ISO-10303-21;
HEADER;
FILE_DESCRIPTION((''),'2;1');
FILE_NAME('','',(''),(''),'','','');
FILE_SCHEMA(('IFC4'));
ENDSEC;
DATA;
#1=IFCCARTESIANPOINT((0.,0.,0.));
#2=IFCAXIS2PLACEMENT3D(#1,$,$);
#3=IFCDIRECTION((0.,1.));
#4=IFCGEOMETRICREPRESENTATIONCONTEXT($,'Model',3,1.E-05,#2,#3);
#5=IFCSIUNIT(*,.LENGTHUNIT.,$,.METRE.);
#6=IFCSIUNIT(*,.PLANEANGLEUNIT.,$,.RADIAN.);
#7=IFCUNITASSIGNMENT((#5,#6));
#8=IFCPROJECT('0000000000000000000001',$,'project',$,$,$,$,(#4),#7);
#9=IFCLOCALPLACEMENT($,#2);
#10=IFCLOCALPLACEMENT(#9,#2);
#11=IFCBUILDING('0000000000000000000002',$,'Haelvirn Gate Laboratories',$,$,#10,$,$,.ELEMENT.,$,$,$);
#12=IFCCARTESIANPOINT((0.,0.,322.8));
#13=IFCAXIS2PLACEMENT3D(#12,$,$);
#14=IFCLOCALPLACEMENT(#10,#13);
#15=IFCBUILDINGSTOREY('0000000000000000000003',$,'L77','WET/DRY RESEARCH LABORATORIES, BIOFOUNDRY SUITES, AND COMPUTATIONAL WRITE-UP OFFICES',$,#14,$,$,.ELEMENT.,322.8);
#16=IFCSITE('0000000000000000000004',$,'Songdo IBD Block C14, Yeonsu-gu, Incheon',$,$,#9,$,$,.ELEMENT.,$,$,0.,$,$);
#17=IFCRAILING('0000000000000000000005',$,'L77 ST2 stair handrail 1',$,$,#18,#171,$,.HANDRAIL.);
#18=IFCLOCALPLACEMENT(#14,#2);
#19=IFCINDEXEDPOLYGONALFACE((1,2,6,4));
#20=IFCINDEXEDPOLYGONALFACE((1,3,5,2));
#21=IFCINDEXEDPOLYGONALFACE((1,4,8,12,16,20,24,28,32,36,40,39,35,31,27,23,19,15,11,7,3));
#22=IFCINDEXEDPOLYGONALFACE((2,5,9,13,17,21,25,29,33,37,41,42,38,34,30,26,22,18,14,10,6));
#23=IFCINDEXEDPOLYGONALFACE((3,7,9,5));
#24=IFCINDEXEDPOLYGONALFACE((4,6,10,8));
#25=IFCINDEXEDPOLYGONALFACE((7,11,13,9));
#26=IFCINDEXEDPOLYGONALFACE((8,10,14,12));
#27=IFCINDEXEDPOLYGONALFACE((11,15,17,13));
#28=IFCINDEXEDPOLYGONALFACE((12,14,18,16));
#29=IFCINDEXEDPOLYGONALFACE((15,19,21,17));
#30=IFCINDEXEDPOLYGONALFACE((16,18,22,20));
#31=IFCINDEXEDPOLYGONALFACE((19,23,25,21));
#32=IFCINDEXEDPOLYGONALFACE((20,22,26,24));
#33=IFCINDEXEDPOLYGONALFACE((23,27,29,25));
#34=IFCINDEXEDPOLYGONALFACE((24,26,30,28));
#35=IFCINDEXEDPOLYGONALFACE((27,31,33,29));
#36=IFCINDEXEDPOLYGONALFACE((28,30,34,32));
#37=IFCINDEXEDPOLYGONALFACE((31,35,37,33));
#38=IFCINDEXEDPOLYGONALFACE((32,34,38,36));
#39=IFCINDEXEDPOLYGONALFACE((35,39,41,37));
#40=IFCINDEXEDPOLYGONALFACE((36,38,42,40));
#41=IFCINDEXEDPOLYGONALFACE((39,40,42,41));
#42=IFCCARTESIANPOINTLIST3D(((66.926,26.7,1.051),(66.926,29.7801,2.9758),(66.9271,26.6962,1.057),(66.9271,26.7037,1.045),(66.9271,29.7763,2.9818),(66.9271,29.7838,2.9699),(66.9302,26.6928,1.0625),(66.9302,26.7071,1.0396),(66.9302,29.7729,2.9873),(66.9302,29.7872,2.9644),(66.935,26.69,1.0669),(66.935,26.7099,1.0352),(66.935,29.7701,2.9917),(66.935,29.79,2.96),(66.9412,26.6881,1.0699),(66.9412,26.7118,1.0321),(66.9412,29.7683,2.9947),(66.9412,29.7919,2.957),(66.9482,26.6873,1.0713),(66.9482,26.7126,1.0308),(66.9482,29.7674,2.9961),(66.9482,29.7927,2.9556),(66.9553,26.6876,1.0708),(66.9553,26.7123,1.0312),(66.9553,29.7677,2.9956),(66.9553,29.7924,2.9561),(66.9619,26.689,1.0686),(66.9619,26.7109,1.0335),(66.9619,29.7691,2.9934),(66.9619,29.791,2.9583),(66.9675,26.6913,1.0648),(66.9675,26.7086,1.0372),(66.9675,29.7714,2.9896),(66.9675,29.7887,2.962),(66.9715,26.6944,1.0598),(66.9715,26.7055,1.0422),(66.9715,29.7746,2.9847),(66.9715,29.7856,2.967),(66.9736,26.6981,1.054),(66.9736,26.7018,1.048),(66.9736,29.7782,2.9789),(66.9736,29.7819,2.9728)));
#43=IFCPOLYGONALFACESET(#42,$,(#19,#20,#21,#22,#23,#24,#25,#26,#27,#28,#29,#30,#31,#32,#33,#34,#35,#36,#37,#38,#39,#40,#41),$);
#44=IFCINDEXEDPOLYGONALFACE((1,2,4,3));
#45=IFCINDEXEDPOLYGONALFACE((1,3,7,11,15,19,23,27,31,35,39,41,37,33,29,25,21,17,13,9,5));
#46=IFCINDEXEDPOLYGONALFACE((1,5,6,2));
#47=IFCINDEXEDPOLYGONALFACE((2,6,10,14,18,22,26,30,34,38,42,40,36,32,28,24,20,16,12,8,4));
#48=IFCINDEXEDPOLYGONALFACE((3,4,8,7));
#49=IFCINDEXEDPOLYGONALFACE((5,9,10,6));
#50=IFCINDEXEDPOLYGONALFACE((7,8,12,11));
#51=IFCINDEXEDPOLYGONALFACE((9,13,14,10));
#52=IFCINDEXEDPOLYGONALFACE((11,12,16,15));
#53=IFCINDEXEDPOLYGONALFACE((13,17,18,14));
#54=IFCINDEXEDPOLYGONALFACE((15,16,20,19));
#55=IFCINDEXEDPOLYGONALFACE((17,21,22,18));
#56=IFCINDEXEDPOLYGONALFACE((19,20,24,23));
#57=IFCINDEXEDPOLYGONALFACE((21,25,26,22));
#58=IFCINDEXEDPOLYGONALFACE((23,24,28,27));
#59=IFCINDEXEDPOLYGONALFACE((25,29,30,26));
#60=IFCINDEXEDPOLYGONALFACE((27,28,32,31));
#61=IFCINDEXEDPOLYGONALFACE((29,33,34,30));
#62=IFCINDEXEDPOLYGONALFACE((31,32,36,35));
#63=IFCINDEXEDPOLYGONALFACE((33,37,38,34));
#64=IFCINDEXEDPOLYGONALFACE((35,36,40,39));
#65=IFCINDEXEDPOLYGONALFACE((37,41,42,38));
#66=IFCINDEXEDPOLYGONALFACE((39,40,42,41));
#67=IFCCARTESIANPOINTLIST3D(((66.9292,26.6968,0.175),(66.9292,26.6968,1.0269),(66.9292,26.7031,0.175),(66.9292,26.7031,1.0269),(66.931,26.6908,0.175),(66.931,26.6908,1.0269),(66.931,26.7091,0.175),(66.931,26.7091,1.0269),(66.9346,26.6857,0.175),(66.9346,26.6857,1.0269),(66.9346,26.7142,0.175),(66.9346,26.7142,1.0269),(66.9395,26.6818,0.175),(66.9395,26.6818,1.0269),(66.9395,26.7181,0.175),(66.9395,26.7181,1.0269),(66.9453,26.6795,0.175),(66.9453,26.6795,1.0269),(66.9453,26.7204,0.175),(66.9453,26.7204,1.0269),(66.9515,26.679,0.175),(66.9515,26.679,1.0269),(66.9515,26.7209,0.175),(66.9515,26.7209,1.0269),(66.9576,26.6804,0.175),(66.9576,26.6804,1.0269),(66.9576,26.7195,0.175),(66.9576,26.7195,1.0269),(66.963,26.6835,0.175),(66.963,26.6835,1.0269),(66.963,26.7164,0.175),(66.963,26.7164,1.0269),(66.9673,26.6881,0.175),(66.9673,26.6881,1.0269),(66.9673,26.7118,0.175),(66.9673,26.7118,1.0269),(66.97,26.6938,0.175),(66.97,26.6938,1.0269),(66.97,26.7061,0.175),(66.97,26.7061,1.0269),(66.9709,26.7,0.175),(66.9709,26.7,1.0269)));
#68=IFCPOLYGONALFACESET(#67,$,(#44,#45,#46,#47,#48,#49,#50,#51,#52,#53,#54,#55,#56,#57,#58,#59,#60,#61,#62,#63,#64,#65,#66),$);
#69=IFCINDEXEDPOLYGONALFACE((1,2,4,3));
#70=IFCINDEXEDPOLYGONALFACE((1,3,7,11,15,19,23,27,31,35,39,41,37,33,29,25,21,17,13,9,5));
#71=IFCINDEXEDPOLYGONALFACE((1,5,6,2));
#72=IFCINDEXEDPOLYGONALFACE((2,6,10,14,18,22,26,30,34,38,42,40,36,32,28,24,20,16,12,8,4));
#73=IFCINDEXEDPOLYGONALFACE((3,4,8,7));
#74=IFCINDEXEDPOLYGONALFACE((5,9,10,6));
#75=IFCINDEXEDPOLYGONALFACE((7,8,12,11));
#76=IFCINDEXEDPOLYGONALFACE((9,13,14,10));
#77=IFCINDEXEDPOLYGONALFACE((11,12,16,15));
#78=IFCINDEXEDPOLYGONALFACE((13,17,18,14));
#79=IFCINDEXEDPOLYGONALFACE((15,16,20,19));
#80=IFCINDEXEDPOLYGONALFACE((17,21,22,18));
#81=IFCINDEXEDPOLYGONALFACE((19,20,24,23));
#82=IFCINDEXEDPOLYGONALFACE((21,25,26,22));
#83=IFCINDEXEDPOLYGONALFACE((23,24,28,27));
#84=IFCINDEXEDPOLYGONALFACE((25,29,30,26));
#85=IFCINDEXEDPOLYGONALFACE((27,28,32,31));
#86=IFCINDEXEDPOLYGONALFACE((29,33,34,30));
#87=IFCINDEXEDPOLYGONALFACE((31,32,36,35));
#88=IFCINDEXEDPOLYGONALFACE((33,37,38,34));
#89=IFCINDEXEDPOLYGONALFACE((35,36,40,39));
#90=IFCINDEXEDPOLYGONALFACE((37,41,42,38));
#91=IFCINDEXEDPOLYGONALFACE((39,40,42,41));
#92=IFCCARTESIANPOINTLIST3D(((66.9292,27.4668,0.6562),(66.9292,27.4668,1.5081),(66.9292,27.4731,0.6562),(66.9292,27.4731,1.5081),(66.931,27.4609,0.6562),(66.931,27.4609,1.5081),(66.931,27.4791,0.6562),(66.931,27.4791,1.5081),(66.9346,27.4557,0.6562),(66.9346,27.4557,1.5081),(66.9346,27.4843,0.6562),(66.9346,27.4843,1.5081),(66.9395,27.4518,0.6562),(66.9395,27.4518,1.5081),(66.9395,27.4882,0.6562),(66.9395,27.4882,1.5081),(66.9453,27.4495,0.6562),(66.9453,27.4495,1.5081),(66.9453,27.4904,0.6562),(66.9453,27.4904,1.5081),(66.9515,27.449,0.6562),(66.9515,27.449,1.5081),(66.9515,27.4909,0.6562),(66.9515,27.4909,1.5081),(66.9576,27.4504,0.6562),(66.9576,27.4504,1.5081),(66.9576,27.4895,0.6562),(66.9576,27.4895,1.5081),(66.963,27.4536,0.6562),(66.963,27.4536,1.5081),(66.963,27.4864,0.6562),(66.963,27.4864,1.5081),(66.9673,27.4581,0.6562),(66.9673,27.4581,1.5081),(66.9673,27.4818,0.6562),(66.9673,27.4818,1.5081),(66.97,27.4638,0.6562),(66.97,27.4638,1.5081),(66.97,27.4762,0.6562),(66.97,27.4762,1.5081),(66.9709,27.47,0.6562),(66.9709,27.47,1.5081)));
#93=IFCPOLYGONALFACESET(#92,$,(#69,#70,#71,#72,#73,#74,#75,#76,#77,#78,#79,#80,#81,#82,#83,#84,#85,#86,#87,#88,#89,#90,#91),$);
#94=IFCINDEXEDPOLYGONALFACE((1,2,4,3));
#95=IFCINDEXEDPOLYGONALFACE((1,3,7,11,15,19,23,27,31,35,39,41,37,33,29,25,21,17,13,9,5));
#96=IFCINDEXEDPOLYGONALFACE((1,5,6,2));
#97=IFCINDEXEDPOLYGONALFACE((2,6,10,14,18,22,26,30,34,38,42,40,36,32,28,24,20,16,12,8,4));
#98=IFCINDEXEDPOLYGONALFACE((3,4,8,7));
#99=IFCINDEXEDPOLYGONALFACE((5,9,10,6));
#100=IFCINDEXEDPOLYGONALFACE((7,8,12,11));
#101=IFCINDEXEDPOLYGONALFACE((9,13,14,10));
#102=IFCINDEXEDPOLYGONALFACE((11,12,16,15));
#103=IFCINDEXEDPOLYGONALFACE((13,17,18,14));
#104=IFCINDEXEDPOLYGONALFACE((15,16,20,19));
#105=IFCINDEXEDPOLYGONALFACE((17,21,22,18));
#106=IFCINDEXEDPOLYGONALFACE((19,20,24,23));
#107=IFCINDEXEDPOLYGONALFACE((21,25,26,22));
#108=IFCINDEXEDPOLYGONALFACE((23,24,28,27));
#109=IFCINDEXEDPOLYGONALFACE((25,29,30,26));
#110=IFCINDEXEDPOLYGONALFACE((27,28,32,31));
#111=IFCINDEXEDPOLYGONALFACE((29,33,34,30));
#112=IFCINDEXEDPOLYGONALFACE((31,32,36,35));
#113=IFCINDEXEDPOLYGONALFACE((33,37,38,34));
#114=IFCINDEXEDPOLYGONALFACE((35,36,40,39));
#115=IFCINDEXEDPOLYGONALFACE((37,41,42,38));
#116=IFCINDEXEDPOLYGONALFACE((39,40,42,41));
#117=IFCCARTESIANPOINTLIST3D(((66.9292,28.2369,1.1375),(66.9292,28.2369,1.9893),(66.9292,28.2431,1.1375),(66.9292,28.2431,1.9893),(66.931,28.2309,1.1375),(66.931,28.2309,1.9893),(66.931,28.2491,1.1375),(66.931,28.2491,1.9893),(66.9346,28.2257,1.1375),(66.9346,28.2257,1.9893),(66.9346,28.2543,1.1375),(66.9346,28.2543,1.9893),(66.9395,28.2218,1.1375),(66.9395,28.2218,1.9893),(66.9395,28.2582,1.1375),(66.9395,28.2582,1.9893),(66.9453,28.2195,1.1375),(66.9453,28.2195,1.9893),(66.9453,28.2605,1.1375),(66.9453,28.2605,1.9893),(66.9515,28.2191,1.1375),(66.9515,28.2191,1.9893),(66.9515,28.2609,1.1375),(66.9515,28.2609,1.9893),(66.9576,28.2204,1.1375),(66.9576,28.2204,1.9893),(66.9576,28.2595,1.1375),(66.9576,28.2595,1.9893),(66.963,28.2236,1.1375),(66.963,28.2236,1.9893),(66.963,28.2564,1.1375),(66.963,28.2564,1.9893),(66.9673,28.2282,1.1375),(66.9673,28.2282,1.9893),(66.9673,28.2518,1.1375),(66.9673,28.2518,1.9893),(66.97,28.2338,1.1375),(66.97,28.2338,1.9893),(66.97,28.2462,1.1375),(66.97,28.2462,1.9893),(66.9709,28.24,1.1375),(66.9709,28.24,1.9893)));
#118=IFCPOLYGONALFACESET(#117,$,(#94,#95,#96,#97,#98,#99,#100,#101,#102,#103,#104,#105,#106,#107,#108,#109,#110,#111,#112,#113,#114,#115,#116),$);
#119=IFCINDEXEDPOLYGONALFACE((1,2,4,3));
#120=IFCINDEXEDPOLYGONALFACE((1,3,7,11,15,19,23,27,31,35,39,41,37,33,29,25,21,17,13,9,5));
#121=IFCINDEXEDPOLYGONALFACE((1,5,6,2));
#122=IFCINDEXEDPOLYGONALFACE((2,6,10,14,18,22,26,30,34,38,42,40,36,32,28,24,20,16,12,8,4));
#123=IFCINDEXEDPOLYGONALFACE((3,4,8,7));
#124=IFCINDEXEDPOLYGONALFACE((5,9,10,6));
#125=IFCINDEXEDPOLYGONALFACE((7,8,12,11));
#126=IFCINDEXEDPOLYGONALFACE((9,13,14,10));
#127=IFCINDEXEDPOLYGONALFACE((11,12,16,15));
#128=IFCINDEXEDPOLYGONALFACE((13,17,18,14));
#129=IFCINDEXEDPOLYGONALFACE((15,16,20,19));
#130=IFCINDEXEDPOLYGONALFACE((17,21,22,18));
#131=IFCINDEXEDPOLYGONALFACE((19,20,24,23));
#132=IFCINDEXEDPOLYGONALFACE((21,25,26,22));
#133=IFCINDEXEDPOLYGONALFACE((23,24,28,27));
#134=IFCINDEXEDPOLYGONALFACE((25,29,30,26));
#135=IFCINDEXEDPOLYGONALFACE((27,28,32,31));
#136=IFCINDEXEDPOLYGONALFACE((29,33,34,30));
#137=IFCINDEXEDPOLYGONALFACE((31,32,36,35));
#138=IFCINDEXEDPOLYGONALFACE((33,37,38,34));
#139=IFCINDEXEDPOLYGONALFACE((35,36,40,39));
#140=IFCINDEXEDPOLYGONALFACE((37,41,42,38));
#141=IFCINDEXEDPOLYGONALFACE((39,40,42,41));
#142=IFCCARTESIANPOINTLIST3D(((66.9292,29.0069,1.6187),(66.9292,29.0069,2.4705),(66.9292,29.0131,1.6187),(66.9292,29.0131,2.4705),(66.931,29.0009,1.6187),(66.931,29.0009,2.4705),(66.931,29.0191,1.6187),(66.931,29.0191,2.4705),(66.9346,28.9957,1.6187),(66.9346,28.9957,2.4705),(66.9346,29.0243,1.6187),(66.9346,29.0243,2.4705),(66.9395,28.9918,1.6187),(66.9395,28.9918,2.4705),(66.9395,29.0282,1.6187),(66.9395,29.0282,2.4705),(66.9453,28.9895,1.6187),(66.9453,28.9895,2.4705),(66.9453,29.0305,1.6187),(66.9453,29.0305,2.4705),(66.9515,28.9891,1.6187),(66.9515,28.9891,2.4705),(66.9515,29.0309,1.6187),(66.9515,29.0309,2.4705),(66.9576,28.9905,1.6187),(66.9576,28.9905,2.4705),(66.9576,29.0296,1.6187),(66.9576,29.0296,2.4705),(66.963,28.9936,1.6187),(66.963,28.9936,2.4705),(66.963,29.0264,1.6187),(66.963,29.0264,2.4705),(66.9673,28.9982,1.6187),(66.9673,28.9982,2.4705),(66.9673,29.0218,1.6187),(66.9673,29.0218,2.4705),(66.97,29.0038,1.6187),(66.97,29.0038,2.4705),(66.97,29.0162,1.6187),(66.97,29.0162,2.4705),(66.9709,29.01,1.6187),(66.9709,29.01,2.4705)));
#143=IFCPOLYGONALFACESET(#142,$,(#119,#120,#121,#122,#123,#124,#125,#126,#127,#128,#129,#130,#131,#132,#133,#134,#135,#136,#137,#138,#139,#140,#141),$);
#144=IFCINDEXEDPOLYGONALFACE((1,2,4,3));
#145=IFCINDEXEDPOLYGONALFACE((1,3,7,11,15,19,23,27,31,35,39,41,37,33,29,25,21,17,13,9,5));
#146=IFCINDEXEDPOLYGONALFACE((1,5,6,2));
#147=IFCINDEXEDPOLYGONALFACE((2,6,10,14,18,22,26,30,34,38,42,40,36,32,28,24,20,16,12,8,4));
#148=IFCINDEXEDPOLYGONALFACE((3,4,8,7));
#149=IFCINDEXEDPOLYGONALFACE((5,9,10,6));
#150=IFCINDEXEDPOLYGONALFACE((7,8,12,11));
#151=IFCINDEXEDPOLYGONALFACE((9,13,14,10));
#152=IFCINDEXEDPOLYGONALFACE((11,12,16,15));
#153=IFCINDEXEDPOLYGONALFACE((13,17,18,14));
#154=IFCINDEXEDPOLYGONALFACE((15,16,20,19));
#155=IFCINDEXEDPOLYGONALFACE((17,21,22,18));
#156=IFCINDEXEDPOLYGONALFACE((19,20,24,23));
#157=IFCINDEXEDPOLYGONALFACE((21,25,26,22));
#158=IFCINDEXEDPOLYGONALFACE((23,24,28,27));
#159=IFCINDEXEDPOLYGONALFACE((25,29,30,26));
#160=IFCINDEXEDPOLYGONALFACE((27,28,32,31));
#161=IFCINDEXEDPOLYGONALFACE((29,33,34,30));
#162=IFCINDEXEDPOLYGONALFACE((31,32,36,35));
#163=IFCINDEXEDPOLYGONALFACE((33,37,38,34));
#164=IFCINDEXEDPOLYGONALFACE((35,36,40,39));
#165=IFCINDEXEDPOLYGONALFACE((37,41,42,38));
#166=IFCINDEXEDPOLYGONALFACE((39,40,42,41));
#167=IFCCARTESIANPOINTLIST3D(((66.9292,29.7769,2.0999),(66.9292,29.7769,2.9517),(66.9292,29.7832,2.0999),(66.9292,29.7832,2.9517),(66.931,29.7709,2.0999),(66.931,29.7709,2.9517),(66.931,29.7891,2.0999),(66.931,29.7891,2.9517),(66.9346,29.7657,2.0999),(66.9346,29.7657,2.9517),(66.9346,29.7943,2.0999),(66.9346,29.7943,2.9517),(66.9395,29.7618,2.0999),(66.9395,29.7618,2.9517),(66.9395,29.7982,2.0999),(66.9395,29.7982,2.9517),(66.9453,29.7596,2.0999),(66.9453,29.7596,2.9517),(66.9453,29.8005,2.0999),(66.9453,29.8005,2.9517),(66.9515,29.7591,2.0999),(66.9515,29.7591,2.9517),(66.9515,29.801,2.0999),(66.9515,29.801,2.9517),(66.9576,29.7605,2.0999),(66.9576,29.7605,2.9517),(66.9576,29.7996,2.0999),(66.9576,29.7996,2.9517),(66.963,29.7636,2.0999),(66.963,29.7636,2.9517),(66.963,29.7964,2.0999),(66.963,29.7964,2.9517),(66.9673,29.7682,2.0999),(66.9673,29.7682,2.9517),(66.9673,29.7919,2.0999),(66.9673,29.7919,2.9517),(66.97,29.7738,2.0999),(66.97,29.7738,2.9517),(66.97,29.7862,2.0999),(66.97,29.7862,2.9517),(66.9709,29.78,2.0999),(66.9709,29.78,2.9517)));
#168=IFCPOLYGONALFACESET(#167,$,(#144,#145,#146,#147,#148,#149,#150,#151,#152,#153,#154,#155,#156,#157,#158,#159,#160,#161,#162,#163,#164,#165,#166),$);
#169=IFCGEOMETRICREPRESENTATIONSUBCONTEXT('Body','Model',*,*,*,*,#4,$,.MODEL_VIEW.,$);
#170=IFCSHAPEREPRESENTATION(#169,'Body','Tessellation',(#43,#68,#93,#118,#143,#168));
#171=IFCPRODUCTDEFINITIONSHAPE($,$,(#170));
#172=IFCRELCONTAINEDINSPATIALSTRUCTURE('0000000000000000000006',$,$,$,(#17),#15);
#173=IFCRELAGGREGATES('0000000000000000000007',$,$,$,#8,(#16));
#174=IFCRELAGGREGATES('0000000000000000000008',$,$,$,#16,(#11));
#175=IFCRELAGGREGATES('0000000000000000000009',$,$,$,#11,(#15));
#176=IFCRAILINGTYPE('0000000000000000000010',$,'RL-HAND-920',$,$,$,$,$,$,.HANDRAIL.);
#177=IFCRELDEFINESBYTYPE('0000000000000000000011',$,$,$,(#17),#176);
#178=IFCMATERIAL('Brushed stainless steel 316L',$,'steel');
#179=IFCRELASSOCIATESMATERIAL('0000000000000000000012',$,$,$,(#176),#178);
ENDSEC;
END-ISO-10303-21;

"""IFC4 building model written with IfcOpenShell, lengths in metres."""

from ifc_helpers import new_model, si_unit, direction, frame, origin, origin_2d, place, context, subcontext, project, spatial, circle, extrude, source, transform, mapped, material, type_object, element, save


model = new_model("IFC4")

# Units and contexts
model_context = context("Model", 3, precision=1e-05, world=origin(), true_north=direction((0.0, 1.0)))
body_context = subcontext(model_context, "Body", "Model", "MODEL_VIEW")
ifc_project = project(units=[si_unit("LENGTHUNIT", "METRE"), si_unit("PLANEANGLEUNIT", "RADIAN")], contexts=[model_context])

# Site, building, storey
site_placement = place(None, origin())
site = spatial("IfcSite", under=ifc_project, at=site_placement, Name="Songdo IBD Block C14, Yeonsu-gu, Incheon", CompositionType="ELEMENT", RefElevation=0.0)
building_placement = place(site_placement, origin())
building = spatial("IfcBuilding", under=site, at=building_placement, Name="Haelvirn Gate Laboratories", CompositionType="ELEMENT")
storey_placement = place(building_placement, frame((0.0, 0.0, 322.8)))
storey = spatial("IfcBuildingStorey", under=building, at=storey_placement, Name="L77", Description="WET/DRY RESEARCH LABORATORIES, BIOFOUNDRY SUITES, AND COMPUTATIONAL WRITE-UP OFFICES", CompositionType="ELEMENT", Elevation=322.8)

# Railing
ifc_material_1 = material(Name="Brushed stainless steel 316L", Category="steel")
railing_type_1 = type_object("IfcRailingType", Name="RL-HAND-920", PredefinedType="HANDRAIL", material=ifc_material_1)
shared_shape_1 = source(origin(), body_context, "Body", "SweptSolid", [
    extrude(circle(Radius=0.0239, at=origin_2d()), frame((0.0, 0.0, 0.876), z_axis=(0.0, 0.848029, 0.529951), x_axis=(-1.0, 0.0, 0.0)), (0.0, 0.0, 1.0), 3.6321),
    extrude(circle(Radius=0.021, at=origin_2d()), origin(), (0.0, 0.0, 1.0), 0.8518),
    extrude(circle(Radius=0.021, at=origin_2d()), frame((0.0, 0.77, 0.4812)), (0.0, 0.0, 1.0), 0.8518),
    extrude(circle(Radius=0.021, at=origin_2d()), frame((0.0, 1.54, 0.9624)), (0.0, 0.0, 1.0), 0.8518),
    extrude(circle(Radius=0.021, at=origin_2d()), frame((0.0, 2.3101, 1.4436)), (0.0, 0.0, 1.0), 0.8518),
    extrude(circle(Radius=0.021, at=origin_2d()), frame((0.0, 3.0801, 1.9248)), (0.0, 0.0, 1.0), 0.8518),
])
railing_1_placement = place(storey_placement, frame((66.95, 26.7, 0.175)))
element("IfcRailing", 1, at=railing_1_placement, inside=storey, type_object=railing_type_1, Name="L77 ST2 stair handrail 1", PredefinedType="HANDRAIL", context=body_context, shape_type="MappedRepresentation", body=[
    mapped(shared_shape_1, transform((0.0, 0.0, 0.0), scale=1.0)),
])

save(model, "model.ifc")
